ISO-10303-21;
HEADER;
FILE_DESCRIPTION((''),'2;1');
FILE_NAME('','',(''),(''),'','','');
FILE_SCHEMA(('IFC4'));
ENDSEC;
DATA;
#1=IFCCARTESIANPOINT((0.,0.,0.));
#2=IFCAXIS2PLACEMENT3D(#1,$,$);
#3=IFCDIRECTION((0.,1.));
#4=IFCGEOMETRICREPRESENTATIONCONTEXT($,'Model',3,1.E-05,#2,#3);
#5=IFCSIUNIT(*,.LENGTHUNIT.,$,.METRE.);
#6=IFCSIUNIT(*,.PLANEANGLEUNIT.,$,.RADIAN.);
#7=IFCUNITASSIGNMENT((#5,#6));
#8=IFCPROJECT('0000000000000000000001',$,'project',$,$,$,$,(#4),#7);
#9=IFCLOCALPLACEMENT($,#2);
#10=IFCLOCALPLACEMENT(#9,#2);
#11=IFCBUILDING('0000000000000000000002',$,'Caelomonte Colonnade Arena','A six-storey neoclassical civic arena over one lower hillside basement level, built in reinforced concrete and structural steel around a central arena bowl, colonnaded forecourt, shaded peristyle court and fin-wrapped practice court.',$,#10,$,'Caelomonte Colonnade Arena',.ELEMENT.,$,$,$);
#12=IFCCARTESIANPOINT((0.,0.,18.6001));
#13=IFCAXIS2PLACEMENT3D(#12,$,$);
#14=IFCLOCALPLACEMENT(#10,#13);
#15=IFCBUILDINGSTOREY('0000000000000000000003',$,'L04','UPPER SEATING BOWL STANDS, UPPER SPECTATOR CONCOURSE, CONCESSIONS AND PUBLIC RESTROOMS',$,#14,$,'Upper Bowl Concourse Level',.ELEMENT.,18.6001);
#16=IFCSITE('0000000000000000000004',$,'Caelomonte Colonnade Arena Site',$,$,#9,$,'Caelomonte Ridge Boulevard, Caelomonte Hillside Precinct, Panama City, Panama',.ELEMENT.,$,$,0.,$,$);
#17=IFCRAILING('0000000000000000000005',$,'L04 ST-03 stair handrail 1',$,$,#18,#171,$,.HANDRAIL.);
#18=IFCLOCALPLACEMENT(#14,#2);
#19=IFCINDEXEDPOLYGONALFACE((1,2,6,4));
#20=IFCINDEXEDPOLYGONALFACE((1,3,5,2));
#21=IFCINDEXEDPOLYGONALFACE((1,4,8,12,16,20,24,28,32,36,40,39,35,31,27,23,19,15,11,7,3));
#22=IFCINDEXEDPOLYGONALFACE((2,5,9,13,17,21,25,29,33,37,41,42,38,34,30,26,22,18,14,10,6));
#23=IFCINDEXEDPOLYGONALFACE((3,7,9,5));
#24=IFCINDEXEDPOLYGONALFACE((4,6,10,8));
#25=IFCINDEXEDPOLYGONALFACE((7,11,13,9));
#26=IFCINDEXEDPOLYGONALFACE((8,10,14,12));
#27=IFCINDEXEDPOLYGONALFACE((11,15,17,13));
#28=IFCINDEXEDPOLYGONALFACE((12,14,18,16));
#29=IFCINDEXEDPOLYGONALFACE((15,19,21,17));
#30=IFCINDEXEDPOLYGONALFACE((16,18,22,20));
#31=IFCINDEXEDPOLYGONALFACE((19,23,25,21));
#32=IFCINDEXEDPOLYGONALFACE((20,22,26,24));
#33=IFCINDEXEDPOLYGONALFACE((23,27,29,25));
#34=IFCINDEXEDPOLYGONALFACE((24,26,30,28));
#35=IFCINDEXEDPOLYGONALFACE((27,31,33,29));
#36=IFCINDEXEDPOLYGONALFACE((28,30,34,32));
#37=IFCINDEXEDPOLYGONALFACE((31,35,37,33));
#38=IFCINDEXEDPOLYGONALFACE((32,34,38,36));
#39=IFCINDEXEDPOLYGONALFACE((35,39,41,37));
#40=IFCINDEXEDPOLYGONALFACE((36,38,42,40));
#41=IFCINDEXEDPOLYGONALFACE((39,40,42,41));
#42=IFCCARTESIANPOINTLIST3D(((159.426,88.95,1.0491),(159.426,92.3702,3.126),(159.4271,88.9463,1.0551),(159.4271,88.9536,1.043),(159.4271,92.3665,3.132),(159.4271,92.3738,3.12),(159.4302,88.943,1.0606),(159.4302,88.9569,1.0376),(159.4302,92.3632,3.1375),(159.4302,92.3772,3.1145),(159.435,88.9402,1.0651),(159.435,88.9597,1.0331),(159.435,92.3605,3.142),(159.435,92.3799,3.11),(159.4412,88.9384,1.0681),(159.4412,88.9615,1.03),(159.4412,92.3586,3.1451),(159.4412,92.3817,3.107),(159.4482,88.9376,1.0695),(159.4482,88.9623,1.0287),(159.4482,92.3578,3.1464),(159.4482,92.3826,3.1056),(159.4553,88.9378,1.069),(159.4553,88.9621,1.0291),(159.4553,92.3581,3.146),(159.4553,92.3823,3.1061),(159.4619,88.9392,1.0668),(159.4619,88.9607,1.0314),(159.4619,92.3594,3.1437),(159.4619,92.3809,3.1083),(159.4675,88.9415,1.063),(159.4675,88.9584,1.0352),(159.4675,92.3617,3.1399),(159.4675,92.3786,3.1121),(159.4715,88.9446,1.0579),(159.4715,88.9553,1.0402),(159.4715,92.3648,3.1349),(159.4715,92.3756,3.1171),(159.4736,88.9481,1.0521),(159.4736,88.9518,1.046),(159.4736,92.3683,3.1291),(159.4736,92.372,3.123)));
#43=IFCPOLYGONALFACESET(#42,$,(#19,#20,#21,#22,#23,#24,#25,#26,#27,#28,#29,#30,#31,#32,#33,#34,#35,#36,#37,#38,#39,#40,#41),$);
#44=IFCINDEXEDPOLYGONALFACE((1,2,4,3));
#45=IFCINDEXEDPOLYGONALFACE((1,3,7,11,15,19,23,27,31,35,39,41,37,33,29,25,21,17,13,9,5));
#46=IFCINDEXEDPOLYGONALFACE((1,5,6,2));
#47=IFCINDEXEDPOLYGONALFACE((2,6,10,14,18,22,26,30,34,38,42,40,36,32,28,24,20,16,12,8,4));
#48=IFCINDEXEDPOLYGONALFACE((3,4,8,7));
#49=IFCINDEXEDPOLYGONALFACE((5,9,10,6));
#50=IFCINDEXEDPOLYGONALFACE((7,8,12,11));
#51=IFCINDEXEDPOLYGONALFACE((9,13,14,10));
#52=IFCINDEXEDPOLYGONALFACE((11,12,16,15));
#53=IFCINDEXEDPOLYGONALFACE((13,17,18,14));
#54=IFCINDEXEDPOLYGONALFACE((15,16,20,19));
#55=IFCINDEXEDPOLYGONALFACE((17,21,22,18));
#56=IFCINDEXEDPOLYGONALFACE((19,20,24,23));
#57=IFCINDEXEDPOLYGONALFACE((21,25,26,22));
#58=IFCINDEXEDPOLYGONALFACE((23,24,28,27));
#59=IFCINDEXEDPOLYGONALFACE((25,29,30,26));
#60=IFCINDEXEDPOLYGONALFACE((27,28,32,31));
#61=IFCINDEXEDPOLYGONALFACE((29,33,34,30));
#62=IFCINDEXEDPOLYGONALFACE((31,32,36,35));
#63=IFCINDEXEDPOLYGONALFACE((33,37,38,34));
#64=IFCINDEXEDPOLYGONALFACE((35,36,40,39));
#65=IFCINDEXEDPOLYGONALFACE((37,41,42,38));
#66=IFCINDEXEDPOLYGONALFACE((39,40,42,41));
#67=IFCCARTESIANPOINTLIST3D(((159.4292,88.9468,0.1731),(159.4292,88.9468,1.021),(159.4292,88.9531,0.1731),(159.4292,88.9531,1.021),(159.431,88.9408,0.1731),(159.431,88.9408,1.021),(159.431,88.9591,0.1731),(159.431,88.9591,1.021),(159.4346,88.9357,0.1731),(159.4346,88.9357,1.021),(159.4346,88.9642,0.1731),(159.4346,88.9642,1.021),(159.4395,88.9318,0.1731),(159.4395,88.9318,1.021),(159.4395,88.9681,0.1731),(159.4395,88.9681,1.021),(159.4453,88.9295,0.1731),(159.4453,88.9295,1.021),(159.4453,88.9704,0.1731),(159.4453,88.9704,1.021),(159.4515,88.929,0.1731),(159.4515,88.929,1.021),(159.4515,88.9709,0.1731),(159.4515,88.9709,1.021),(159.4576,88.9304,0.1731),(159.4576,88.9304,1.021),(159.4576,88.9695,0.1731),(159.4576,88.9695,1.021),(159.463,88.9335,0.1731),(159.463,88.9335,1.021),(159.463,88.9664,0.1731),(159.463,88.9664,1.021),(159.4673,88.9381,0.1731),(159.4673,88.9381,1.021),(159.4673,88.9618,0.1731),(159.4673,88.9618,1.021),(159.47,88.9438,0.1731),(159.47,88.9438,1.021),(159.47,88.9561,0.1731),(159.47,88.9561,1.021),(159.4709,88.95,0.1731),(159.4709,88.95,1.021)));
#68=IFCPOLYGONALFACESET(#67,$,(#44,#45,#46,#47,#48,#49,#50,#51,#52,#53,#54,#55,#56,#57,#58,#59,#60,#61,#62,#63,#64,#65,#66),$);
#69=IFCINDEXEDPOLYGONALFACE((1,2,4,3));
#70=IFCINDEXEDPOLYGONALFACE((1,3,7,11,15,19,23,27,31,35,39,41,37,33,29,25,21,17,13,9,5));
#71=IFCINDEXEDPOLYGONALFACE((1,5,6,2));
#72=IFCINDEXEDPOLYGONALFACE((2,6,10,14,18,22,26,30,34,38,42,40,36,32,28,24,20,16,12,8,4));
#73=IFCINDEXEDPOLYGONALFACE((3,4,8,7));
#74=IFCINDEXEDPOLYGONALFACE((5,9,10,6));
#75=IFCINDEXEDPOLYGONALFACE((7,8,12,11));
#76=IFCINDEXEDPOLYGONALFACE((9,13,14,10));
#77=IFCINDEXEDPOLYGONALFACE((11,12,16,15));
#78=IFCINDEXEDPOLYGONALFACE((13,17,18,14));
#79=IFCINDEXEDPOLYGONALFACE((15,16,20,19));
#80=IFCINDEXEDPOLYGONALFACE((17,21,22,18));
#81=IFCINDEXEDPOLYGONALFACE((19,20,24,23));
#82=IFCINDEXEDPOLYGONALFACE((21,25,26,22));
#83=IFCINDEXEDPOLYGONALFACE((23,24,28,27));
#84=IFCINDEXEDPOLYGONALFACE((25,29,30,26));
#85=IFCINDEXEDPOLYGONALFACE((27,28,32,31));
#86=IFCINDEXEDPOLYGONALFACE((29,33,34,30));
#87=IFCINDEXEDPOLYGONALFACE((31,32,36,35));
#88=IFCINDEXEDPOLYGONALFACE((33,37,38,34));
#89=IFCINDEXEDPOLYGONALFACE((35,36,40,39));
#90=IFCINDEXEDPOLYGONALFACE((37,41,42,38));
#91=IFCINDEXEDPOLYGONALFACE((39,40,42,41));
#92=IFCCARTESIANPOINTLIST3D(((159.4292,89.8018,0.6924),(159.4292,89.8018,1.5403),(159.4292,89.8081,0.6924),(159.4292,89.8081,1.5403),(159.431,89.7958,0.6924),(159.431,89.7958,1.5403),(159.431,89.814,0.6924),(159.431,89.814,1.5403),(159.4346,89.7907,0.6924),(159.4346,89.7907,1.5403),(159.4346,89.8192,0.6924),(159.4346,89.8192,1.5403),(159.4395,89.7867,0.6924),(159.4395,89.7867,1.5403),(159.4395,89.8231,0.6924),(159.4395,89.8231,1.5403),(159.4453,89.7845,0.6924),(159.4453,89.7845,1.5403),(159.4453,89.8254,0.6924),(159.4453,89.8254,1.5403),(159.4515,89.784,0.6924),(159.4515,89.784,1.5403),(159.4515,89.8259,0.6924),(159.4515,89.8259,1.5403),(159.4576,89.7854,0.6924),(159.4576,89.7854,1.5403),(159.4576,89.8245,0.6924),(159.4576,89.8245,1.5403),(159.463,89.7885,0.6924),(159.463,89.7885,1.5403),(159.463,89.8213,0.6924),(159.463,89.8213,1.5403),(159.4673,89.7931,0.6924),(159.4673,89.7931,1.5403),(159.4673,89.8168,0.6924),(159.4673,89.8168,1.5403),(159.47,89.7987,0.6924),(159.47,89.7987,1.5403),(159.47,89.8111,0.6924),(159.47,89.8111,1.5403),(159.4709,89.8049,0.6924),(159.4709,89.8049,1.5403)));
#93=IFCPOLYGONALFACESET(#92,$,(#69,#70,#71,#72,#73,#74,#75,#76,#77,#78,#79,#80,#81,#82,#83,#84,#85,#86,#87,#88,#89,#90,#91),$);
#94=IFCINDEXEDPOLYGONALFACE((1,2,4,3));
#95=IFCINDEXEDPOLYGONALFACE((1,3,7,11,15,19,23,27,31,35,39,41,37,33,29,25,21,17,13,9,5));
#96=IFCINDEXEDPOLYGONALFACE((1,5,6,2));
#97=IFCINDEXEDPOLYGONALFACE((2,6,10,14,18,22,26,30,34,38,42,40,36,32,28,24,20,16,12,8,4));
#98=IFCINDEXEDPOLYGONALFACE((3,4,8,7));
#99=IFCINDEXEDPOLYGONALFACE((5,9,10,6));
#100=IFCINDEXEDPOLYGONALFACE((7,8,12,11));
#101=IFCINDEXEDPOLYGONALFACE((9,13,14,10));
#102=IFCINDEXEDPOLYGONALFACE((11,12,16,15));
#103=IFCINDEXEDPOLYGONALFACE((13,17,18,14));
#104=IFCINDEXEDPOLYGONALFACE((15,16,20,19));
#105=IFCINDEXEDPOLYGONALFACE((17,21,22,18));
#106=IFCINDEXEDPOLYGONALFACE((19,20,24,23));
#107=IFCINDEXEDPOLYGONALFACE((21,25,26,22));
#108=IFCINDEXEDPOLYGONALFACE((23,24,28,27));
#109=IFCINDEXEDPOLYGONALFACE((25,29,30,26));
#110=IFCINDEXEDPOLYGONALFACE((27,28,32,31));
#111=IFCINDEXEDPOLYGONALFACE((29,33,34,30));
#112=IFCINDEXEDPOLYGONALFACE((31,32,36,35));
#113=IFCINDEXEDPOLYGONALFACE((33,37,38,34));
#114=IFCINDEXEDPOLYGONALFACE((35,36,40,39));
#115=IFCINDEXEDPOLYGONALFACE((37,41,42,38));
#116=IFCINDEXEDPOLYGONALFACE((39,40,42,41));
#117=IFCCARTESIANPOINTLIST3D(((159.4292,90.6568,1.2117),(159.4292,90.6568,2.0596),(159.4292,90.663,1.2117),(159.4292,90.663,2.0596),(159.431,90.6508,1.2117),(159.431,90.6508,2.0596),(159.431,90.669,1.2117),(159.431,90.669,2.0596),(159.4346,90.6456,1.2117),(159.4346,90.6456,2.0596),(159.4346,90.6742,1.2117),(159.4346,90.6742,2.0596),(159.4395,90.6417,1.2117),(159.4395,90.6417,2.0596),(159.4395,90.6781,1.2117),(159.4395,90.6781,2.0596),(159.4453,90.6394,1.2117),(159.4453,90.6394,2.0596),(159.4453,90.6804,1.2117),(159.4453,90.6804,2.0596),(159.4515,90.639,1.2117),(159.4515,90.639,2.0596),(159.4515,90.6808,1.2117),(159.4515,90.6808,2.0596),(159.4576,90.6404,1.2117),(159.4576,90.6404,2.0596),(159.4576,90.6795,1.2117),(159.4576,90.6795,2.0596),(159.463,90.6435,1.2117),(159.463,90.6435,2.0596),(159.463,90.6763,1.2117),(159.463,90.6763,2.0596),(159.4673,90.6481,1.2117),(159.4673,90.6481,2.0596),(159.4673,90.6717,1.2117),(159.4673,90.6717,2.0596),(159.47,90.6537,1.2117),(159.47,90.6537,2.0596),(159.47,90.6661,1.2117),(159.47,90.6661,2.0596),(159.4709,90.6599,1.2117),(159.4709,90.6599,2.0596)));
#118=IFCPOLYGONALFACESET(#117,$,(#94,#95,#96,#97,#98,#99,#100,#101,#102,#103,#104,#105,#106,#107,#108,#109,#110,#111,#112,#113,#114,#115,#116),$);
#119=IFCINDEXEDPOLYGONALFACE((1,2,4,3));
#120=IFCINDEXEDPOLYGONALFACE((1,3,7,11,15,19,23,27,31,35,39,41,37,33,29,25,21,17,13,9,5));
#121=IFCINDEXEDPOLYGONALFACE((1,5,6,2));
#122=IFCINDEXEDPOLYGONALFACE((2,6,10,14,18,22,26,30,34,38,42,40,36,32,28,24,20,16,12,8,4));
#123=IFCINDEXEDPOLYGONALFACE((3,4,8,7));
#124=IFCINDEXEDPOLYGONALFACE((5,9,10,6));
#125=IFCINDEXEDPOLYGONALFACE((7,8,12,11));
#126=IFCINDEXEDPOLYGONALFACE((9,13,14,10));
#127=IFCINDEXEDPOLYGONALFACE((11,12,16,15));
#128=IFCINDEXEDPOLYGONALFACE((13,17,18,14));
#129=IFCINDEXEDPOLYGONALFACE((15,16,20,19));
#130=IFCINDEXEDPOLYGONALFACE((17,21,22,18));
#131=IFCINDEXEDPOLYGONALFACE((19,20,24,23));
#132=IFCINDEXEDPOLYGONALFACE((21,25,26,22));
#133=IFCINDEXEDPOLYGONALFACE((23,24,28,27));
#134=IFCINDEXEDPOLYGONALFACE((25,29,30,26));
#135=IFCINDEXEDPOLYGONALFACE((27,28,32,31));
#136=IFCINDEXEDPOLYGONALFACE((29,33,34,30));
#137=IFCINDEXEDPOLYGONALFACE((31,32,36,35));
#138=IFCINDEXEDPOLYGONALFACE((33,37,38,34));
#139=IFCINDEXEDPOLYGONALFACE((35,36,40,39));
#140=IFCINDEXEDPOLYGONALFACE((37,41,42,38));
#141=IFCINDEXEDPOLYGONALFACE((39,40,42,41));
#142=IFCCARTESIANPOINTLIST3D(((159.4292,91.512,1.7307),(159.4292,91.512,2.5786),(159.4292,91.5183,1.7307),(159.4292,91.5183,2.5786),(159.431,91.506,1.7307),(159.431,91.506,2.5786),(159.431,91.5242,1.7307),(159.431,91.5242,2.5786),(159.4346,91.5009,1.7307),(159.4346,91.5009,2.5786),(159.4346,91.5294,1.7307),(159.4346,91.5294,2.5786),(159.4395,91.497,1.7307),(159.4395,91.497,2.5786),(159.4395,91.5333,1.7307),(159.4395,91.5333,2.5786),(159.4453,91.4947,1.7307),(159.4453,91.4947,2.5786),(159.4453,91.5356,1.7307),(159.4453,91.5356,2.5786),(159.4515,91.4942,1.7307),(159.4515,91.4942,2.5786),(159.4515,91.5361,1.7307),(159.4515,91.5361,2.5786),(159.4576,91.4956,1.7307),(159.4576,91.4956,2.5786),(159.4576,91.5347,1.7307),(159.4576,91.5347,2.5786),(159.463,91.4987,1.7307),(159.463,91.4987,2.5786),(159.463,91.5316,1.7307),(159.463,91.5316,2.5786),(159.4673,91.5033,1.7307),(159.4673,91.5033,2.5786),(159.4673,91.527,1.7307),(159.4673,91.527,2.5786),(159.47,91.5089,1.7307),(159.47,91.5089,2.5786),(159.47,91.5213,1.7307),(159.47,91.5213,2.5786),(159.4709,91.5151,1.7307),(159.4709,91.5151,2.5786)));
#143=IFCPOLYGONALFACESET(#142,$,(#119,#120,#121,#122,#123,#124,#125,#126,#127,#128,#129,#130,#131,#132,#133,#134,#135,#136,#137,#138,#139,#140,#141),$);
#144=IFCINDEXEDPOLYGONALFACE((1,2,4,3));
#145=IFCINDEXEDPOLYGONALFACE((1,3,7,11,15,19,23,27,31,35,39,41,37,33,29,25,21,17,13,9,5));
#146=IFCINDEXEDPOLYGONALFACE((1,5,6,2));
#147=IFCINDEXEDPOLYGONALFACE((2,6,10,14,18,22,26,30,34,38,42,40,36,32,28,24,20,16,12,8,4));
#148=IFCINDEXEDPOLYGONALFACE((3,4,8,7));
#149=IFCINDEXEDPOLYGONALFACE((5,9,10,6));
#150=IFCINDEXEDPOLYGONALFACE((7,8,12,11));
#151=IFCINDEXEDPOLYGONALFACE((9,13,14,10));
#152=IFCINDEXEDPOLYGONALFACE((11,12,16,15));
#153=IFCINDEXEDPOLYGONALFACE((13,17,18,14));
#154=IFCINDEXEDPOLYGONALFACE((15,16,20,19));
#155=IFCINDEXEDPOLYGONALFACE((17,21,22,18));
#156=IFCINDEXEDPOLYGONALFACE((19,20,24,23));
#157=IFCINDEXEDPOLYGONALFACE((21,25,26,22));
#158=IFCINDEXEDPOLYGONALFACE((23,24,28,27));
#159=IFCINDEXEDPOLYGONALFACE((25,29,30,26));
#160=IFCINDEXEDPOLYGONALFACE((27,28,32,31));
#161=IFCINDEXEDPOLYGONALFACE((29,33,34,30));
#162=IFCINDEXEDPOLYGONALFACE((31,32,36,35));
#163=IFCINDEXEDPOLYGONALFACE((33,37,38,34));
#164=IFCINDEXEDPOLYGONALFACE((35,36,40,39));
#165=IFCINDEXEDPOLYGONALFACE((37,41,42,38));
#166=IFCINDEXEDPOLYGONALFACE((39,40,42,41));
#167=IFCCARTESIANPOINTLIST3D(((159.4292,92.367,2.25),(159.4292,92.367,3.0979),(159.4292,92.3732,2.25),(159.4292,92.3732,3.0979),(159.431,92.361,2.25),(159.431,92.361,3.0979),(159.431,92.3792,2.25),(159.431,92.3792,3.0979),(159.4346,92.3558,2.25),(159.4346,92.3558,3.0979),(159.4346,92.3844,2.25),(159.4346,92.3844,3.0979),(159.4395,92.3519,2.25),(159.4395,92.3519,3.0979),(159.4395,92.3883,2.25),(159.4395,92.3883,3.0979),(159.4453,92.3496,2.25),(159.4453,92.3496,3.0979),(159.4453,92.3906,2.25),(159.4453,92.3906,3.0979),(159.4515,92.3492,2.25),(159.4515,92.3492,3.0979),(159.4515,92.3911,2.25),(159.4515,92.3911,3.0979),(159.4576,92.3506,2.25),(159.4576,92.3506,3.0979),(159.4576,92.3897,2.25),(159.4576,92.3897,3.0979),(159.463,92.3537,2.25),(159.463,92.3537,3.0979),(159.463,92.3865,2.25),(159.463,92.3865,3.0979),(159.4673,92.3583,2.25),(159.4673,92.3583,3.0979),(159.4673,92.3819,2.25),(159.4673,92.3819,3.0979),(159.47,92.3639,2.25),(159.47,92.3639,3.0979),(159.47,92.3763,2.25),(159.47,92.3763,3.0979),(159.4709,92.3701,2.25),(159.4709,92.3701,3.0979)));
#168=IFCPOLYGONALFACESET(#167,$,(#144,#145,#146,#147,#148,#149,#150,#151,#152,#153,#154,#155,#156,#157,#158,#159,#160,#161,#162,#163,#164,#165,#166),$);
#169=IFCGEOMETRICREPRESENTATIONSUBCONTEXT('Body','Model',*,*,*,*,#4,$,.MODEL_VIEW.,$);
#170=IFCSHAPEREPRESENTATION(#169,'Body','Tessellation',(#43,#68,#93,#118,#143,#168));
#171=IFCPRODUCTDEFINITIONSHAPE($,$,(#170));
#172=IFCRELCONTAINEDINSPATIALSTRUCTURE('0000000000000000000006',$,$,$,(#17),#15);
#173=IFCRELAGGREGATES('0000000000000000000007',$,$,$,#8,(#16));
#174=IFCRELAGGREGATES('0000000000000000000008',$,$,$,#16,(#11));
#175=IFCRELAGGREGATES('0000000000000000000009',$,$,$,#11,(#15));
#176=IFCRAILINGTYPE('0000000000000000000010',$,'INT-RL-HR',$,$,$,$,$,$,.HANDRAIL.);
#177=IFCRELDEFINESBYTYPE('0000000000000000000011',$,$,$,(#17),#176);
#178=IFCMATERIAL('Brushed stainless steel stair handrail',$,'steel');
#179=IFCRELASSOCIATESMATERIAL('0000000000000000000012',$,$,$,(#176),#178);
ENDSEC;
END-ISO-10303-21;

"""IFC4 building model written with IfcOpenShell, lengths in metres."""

from ifc_helpers import new_model, si_unit, direction, frame, origin, origin_2d, place, context, subcontext, project, spatial, circle, extrude, material, type_object, element, save


model = new_model("IFC4")

# Units and contexts
model_context = context("Model", 3, precision=1e-05, world=origin(), true_north=direction((0.0, 1.0)))
body_context = subcontext(model_context, "Body", "Model", "MODEL_VIEW")
ifc_project = project(units=[si_unit("LENGTHUNIT", "METRE"), si_unit("PLANEANGLEUNIT", "RADIAN")], contexts=[model_context])

# Site, building, storey
site_placement = place(None, origin())
site = spatial("IfcSite", under=ifc_project, at=site_placement, Name="Caelomonte Colonnade Arena Site", LongName="Caelomonte Ridge Boulevard, Caelomonte Hillside Precinct, Panama City, Panama", CompositionType="ELEMENT", RefElevation=0.0)
building_placement = place(site_placement, origin())
building = spatial("IfcBuilding", under=site, at=building_placement, Name="Caelomonte Colonnade Arena", Description="A six-storey neoclassical civic arena over one lower hillside basement level, built in reinforced concrete and structural steel around a central arena bowl, colonnaded forecourt, shaded peristyle court and fin-wrapped practice court.", LongName="Caelomonte Colonnade Arena", CompositionType="ELEMENT")
storey_placement = place(building_placement, frame((0.0, 0.0, 18.6001)))
storey = spatial("IfcBuildingStorey", under=building, at=storey_placement, Name="L04", Description="UPPER SEATING BOWL STANDS, UPPER SPECTATOR CONCOURSE, CONCESSIONS AND PUBLIC RESTROOMS", LongName="Upper Bowl Concourse Level", CompositionType="ELEMENT", Elevation=18.6001)

# Railing
ifc_material_1 = material(Name="Brushed stainless steel stair handrail", Category="steel")
railing_type_1 = type_object("IfcRailingType", Name="INT-RL-HR", PredefinedType="HANDRAIL", material=ifc_material_1)
railing_1_placement = place(storey_placement, frame((159.45, 88.95, 0.1731)))
element("IfcRailing", 1, at=railing_1_placement, inside=storey, type_object=railing_type_1, Name="L04 ST-03 stair handrail 1", PredefinedType="HANDRAIL", context=body_context, shape_type="SweptSolid", body=[
    extrude(circle(Radius=0.0239, at=origin_2d()), frame((0.0, 0.0, 0.876), z_axis=(0.0, 0.854746, 0.519047), x_axis=(-1.0, 0.0, 0.0)), (0.0, 0.0, 1.0), 4.0015),
    extrude(circle(Radius=0.021, at=origin_2d()), origin(), (0.0, 0.0, 1.0), 0.8479),
    extrude(circle(Radius=0.021, at=origin_2d()), frame((0.0, 0.855, 0.5193)), (0.0, 0.0, 1.0), 0.8479),
    extrude(circle(Radius=0.021, at=origin_2d()), frame((0.0, 1.71, 1.0386)), (0.0, 0.0, 1.0), 0.8479),
    extrude(circle(Radius=0.021, at=origin_2d()), frame((0.0, 2.5652, 1.5576)), (0.0, 0.0, 1.0), 0.8479),
    extrude(circle(Radius=0.021, at=origin_2d()), frame((0.0, 3.4202, 2.0769)), (0.0, 0.0, 1.0), 0.8479),
])

save(model, "model.ifc")
